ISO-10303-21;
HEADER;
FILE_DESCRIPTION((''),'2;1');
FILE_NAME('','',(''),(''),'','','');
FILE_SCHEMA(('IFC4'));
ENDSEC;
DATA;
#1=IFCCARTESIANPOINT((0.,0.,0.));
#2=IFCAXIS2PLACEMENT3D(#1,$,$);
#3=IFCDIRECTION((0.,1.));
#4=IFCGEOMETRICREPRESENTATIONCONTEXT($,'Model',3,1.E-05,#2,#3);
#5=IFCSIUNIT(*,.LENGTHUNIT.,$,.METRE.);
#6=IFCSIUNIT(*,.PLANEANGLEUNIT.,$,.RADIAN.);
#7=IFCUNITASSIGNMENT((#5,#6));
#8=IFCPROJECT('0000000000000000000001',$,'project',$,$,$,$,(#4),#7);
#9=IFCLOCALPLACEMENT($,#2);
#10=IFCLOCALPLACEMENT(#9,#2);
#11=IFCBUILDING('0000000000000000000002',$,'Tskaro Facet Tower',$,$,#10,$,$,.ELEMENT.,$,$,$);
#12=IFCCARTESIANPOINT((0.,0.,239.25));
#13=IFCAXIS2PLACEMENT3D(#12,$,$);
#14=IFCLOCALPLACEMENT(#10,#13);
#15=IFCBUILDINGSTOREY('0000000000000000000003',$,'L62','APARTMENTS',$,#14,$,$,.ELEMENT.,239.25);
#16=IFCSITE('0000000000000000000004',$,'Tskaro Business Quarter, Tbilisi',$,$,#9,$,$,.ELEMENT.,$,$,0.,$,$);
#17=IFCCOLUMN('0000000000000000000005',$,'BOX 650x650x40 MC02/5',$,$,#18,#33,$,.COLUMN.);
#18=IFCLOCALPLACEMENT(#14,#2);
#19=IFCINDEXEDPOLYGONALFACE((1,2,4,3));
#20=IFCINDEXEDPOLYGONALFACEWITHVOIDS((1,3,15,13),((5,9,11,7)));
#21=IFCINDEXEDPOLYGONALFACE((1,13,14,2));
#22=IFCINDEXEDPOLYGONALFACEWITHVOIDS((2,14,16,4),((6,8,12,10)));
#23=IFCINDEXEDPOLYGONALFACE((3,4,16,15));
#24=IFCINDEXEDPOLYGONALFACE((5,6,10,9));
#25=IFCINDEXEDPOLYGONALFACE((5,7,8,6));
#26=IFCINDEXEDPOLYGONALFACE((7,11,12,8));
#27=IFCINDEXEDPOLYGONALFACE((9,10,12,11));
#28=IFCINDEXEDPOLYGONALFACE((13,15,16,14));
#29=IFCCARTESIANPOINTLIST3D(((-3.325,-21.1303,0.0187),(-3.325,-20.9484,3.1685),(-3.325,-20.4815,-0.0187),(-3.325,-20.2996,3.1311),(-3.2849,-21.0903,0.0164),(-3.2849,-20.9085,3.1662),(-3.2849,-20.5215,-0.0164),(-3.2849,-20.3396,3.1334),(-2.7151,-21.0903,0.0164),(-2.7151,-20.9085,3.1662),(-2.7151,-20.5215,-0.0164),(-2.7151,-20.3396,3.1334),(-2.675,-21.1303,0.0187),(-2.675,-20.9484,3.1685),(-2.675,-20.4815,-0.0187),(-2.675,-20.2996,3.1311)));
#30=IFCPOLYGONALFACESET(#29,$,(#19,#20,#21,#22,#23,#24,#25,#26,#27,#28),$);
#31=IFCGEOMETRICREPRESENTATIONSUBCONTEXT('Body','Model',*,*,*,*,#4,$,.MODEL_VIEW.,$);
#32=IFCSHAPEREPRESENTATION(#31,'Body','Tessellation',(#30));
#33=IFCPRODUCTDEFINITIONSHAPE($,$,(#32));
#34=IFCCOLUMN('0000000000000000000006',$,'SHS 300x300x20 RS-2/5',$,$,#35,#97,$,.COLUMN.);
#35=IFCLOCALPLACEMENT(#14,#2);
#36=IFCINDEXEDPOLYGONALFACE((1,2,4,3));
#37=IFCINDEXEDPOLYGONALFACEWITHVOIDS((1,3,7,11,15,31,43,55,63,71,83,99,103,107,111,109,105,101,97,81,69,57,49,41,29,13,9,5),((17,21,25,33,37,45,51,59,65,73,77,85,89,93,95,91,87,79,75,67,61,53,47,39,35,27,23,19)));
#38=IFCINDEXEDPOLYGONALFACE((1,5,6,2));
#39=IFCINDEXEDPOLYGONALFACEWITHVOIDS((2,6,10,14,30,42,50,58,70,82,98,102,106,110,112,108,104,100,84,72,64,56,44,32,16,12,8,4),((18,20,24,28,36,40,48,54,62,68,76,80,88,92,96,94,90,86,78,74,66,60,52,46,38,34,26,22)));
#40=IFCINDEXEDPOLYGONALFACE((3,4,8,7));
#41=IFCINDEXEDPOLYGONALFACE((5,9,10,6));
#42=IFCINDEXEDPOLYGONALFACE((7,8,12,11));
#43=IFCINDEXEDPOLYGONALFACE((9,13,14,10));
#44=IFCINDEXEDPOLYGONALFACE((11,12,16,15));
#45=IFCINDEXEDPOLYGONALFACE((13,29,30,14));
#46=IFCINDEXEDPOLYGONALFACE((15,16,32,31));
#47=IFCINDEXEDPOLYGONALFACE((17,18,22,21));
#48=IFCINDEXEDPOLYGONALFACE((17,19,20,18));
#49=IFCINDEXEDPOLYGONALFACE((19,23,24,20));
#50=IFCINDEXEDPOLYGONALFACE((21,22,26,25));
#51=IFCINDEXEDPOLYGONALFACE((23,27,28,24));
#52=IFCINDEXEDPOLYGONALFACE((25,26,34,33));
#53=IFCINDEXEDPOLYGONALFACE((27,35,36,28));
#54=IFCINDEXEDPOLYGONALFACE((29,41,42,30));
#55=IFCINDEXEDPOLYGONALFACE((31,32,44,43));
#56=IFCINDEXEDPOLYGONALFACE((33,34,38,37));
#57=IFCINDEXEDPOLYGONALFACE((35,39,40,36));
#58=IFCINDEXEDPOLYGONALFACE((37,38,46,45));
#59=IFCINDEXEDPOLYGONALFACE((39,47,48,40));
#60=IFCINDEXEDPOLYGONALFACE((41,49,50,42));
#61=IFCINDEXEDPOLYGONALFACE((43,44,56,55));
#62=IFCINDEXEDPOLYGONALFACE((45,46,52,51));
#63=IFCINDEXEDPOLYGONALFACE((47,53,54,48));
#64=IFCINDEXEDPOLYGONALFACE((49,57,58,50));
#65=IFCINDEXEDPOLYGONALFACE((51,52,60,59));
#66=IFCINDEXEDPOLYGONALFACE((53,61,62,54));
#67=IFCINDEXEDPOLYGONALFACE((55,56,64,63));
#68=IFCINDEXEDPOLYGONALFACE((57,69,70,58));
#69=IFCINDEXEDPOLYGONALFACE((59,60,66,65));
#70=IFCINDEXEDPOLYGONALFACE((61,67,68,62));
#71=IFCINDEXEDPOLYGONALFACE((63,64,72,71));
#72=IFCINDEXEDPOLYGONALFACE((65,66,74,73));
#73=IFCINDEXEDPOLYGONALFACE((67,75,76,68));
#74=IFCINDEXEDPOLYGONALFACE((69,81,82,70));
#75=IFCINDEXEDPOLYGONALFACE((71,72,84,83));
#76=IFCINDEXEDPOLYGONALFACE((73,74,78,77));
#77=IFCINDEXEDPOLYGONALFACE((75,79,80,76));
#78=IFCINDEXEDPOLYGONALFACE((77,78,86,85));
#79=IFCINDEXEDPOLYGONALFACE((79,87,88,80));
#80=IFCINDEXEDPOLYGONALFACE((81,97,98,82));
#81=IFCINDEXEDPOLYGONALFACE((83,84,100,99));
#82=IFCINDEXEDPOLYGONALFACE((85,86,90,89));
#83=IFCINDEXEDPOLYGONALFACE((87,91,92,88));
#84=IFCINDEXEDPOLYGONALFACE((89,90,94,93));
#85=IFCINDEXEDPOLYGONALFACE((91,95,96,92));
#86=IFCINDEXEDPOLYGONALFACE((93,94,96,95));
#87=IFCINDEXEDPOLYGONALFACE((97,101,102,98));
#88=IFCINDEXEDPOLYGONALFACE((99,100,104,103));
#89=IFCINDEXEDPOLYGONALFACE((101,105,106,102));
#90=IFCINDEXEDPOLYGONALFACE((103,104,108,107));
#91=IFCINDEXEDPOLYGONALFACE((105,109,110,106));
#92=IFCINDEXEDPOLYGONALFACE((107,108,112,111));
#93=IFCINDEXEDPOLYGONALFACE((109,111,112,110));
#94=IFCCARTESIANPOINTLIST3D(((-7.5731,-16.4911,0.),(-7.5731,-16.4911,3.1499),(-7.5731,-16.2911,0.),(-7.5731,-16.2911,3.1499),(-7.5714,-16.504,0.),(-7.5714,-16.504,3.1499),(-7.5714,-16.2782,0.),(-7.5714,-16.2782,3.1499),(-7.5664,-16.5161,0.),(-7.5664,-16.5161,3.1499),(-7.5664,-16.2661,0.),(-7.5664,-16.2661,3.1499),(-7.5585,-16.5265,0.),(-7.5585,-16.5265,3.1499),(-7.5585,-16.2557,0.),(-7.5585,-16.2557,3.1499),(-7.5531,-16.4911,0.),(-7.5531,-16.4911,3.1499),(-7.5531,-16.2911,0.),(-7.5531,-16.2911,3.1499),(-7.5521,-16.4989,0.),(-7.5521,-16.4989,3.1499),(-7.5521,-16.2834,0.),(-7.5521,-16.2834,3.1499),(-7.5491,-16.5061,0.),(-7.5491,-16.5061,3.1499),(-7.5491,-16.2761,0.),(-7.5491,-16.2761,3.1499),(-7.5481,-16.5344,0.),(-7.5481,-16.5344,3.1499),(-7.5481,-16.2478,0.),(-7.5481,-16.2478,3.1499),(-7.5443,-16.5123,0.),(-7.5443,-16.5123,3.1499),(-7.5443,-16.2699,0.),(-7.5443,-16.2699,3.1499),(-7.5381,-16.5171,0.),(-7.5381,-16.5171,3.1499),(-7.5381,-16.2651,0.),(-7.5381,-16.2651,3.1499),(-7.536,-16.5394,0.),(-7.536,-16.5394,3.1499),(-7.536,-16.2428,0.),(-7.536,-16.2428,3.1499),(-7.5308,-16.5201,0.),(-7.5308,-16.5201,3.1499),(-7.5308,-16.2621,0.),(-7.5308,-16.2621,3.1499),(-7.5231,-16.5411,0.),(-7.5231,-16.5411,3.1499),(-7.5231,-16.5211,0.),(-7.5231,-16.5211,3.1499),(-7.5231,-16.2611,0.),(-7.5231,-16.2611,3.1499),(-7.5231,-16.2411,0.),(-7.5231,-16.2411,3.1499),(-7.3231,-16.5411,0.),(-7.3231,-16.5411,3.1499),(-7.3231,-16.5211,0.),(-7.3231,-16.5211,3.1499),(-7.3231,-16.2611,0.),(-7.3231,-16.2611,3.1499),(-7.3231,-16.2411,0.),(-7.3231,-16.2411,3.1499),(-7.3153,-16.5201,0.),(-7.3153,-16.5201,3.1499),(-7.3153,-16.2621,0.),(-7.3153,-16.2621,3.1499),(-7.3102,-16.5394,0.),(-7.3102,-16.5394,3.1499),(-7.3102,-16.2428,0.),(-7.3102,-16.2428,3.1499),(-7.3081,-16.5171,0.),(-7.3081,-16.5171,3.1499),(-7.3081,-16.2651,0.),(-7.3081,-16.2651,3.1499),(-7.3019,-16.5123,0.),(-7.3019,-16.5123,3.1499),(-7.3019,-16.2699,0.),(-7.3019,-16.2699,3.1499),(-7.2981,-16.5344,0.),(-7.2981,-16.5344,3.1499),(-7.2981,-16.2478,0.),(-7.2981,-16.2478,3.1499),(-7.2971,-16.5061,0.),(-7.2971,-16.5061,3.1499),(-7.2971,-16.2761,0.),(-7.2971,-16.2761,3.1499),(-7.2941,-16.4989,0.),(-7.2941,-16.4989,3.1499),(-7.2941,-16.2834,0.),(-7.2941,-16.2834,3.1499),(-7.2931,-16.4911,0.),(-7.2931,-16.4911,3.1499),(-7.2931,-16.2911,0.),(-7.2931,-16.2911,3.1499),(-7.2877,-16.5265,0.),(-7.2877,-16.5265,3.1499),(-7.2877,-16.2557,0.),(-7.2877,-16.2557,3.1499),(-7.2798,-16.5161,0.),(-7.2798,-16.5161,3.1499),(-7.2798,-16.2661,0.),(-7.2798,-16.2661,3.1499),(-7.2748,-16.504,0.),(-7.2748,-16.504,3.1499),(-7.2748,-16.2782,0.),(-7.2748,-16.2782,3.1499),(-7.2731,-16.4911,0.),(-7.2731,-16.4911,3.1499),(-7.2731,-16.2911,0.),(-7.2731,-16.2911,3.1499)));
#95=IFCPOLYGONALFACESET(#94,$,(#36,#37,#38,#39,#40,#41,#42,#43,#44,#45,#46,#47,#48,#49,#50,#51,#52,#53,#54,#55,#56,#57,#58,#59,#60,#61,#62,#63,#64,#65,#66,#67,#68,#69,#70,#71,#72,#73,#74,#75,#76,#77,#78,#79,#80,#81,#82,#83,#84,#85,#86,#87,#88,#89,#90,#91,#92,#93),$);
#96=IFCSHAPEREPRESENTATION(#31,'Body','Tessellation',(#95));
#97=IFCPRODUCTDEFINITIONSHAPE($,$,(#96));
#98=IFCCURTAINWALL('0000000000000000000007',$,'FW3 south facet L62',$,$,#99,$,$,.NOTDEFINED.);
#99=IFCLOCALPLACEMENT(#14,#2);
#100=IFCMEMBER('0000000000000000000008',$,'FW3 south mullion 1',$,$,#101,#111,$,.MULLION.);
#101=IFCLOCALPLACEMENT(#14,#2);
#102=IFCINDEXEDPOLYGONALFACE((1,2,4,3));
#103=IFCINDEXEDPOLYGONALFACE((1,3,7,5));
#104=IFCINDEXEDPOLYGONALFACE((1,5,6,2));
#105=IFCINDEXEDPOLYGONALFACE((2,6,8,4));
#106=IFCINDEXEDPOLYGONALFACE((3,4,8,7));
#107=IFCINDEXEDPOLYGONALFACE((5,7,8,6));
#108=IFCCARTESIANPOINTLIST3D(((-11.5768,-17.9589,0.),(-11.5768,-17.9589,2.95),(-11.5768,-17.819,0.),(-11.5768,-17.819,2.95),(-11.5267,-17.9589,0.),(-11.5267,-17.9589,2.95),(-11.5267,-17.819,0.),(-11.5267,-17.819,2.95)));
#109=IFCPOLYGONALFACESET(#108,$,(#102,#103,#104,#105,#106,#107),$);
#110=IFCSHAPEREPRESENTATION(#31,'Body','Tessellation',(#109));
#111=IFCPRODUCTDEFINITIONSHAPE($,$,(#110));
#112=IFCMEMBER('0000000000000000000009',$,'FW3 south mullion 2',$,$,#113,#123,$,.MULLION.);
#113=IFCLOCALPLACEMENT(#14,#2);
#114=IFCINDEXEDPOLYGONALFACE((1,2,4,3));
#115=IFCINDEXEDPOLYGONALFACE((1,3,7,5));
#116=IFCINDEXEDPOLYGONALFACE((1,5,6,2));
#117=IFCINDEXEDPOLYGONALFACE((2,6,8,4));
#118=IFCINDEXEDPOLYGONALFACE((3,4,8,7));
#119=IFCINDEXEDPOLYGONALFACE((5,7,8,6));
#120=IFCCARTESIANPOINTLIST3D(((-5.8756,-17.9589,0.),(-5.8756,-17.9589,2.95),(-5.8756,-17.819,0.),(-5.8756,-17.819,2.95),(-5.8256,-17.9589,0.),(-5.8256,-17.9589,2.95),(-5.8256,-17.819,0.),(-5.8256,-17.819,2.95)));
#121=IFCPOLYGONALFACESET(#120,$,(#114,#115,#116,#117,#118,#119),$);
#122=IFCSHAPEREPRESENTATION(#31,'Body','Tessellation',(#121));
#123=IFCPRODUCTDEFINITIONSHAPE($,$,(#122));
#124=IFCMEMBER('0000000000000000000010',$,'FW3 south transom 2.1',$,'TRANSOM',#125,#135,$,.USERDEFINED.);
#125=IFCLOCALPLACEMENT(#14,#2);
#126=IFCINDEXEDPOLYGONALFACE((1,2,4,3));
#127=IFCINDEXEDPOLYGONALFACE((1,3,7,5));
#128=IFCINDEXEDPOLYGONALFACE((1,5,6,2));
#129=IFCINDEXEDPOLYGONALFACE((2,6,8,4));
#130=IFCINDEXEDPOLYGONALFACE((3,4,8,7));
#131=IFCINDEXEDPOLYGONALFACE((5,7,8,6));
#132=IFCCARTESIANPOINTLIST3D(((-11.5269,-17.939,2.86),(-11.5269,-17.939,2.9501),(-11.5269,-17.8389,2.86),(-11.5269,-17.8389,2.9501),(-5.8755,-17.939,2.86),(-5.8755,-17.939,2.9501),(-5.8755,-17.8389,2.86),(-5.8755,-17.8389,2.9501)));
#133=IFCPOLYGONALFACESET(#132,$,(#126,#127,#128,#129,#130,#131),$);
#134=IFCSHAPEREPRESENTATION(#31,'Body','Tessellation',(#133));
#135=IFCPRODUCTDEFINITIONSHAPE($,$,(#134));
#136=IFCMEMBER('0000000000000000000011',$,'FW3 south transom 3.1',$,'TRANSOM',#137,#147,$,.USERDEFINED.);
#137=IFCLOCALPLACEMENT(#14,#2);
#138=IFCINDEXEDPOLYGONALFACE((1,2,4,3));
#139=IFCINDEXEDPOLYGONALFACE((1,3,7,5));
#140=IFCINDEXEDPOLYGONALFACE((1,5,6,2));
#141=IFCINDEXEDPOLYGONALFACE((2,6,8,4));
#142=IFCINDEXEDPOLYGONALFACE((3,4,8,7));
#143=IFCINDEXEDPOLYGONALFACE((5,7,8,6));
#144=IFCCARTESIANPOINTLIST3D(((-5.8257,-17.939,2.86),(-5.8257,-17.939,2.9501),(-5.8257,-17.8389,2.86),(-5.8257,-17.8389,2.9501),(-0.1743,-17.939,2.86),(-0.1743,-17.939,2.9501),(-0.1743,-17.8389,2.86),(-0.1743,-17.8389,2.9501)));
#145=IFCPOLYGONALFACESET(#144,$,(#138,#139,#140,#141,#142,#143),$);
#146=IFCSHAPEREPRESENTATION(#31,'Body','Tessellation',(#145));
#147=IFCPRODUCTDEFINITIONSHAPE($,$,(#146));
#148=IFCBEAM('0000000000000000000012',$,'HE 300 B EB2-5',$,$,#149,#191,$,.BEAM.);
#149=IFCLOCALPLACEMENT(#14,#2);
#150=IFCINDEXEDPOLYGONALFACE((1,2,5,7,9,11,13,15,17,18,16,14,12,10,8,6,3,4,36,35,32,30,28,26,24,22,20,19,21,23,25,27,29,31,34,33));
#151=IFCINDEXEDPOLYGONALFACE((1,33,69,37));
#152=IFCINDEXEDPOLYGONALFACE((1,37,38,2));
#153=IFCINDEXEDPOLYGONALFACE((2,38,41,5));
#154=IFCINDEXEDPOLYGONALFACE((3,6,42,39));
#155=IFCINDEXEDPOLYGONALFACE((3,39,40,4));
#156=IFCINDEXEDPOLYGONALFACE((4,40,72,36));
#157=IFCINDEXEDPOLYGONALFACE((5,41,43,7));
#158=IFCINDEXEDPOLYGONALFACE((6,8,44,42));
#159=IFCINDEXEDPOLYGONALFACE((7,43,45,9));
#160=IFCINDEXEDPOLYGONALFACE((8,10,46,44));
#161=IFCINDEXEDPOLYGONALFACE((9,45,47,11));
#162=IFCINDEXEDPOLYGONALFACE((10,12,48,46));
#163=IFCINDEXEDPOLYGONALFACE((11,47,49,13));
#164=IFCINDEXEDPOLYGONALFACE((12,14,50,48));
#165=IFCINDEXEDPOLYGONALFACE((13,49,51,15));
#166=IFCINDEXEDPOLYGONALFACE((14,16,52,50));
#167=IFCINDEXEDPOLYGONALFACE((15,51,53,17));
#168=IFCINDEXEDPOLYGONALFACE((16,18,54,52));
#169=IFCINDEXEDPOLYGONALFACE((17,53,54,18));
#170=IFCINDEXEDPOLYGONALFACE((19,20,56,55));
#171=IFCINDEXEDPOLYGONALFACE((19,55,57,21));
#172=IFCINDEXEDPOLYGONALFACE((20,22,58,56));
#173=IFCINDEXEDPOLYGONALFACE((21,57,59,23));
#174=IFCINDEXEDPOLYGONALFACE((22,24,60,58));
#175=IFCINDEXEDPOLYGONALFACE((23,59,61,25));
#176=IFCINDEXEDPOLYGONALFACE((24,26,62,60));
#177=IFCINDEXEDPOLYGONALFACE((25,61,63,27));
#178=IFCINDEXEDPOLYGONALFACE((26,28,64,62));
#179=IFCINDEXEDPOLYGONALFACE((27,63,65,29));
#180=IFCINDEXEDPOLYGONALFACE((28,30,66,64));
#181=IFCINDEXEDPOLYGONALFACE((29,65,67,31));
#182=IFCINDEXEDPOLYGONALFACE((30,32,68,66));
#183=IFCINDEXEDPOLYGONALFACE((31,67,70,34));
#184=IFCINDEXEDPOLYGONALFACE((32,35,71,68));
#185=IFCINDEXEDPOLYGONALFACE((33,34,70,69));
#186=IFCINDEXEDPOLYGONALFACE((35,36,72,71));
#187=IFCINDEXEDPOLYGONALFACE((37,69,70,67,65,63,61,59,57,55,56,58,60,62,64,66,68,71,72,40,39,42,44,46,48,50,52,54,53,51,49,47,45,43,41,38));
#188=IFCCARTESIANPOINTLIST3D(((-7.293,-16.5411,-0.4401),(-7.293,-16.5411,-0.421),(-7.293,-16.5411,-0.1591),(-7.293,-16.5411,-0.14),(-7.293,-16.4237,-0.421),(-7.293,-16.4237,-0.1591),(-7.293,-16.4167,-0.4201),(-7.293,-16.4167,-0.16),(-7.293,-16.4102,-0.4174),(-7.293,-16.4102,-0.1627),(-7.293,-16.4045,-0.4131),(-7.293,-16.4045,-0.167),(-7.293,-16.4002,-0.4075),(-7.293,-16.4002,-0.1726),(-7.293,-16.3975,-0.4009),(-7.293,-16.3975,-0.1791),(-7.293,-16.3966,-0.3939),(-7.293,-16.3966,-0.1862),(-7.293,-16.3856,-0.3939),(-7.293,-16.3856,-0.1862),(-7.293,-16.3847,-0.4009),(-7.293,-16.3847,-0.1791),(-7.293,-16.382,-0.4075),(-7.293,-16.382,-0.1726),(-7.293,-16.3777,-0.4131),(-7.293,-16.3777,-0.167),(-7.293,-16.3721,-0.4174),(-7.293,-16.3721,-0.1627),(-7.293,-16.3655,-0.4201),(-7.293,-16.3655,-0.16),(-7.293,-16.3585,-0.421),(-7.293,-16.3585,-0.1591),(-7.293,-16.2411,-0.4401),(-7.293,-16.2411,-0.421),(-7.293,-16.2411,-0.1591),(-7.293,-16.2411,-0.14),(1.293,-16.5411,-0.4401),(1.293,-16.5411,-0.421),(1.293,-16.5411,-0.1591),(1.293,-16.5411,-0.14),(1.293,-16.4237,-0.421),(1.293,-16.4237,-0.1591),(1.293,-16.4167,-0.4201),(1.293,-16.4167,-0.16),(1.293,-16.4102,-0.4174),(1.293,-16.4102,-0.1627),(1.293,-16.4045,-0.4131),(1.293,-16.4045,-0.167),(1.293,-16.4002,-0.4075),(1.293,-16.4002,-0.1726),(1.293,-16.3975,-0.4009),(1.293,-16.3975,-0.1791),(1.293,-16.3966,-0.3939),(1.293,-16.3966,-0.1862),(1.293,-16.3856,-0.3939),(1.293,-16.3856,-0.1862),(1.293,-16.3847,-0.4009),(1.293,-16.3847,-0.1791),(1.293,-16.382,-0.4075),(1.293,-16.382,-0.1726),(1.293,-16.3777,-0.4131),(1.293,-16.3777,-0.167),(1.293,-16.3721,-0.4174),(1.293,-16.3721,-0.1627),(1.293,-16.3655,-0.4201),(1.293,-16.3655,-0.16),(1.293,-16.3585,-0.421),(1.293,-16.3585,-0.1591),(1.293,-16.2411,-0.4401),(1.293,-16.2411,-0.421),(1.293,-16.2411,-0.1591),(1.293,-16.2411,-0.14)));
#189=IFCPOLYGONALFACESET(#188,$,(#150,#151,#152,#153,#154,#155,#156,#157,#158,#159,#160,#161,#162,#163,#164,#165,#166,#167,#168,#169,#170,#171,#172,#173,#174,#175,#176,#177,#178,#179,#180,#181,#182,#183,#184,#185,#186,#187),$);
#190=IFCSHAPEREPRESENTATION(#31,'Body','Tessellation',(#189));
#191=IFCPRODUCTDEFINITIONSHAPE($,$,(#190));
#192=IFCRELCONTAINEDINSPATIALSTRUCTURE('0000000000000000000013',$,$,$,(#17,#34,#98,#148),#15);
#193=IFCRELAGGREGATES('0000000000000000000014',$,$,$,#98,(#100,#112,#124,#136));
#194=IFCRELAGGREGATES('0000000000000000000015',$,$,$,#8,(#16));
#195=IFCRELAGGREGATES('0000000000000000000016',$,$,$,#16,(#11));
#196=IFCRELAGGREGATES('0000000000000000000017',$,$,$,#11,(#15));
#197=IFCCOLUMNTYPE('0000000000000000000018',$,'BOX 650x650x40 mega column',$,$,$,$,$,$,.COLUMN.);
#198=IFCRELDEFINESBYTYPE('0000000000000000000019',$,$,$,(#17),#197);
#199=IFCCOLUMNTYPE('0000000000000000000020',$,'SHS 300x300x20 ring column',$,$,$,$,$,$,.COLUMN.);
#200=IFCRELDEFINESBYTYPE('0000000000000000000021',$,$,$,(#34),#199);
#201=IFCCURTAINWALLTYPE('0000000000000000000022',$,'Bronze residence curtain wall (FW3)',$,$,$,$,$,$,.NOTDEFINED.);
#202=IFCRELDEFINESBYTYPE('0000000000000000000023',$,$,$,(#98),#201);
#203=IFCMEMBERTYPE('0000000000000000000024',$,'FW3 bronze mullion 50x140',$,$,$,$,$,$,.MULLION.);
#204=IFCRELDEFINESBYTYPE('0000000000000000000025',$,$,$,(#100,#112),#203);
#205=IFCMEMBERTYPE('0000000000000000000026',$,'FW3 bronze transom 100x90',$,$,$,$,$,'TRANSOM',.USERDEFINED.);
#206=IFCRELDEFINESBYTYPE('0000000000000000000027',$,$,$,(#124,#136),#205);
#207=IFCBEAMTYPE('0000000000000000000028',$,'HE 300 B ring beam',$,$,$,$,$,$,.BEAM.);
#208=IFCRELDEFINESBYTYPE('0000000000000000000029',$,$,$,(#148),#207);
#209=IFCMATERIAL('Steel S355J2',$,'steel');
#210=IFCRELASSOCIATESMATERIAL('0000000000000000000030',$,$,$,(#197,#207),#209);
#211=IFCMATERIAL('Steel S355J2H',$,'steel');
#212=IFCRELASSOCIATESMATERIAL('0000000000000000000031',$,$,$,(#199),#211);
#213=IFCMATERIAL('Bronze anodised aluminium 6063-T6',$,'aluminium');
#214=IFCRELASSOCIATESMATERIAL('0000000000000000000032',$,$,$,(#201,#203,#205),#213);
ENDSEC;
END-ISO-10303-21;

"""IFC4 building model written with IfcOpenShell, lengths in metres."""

from ifc_helpers import new_model, si_unit, direction, frame, origin, origin_2d, place, context, subcontext, project, spatial, rectangle, hollow_rectangle, i_section, extrude, material, material_profile, profile_set, type_object, element, aggregate, save


model = new_model("IFC4")

# Units and contexts
model_context = context("Model", 3, precision=1e-05, world=origin(), true_north=direction((0.0, 1.0)))
body_context = subcontext(model_context, "Body", "Model", "MODEL_VIEW")
ifc_project = project(units=[si_unit("LENGTHUNIT", "METRE"), si_unit("PLANEANGLEUNIT", "RADIAN")], contexts=[model_context])

# Site, building, storey
site_placement = place(None, origin())
site = spatial("IfcSite", under=ifc_project, at=site_placement, Name="Tskaro Business Quarter, Tbilisi", CompositionType="ELEMENT", RefElevation=0.0)
building_placement = place(site_placement, origin())
building = spatial("IfcBuilding", under=site, at=building_placement, Name="Tskaro Facet Tower", CompositionType="ELEMENT")
storey_placement = place(building_placement, frame((0.0, 0.0, 239.25)))
storey = spatial("IfcBuildingStorey", under=building, at=storey_placement, Name="L62", Description="APARTMENTS", CompositionType="ELEMENT", Elevation=239.25)

# Columns
ifc_material_1 = material(Name="Steel S355J2", Category="steel")
ifc_material_profile_1 = material_profile(ifc_material_1, hollow_rectangle(XDim=0.6499, YDim=0.6499, WallThickness=0.04, at=origin_2d()), Name="BOX 650x650x40")
ifc_profile_set_1 = profile_set([ifc_material_profile_1], Name="Steel S355J2")
column_type_1 = type_object("IfcColumnType", Name="BOX 650x650x40 mega column", PredefinedType="COLUMN", material=ifc_profile_set_1)
column_1_placement = place(storey_placement, frame((-3.0, -20.8059, 0.0), z_axis=(0.0, 0.057647, 0.998337), x_axis=(-1.0, 0.0, 0.0)))
element("IfcColumn", 1, at=column_1_placement, inside=storey, type_object=column_type_1, Name="BOX 650x650x40 MC02/5", PredefinedType="COLUMN", context=body_context, shape_type="SweptSolid", body=[
    extrude(hollow_rectangle(XDim=0.6499, YDim=0.6499, WallThickness=0.04, at=origin_2d()), origin(), (0.0, 0.0, 1.0), 3.155),
])
ifc_material_2 = material(Name="Steel S355J2H", Category="steel")
ifc_material_profile_2 = material_profile(ifc_material_2, hollow_rectangle(XDim=0.3, YDim=0.3, WallThickness=0.02, InnerFilletRadius=0.03, OuterFilletRadius=0.05, at=origin_2d()), Name="SHS 300x300x20")
ifc_profile_set_2 = profile_set([ifc_material_profile_2], Name="Steel S355J2H")
column_type_2 = type_object("IfcColumnType", Name="SHS 300x300x20 ring column", PredefinedType="COLUMN", material=ifc_profile_set_2)
column_2_placement = place(storey_placement, frame((-7.4231, -16.3911, 0.0), z_axis=(0.0, 0.0, 1.0), x_axis=(1.0, 0.0, 0.0)))
element("IfcColumn", 2, at=column_2_placement, inside=storey, type_object=column_type_2, Name="SHS 300x300x20 RS-2/5", PredefinedType="COLUMN", context=body_context, shape_type="SweptSolid", body=[
    extrude(hollow_rectangle(XDim=0.3, YDim=0.3, WallThickness=0.02, InnerFilletRadius=0.03, OuterFilletRadius=0.05, at=origin_2d()), origin(), (0.0, 0.0, 1.0), 3.1499),
])

# Curtain wall, members
ifc_material_3 = material(Name="Bronze anodised aluminium 6063-T6", Category="aluminium")
curtain_wall_type = type_object("IfcCurtainWallType", Name="Bronze residence curtain wall (FW3)", PredefinedType="NOTDEFINED", material=ifc_material_3)
curtain_wall_placement = place(storey_placement, origin())
curtain_wall = element("IfcCurtainWall", 3, at=curtain_wall_placement, inside=storey, type_object=curtain_wall_type, Name="FW3 south facet L62", PredefinedType="NOTDEFINED")
ifc_material_profile_3 = material_profile(ifc_material_3, rectangle(XDim=0.05, YDim=0.1399, at=origin_2d()), Name="Mullion 50x140")
ifc_profile_set_3 = profile_set([ifc_material_profile_3], Name="Bronze anodised aluminium 6063-T6")
member_type_1 = type_object("IfcMemberType", Name="FW3 bronze mullion 50x140", PredefinedType="MULLION", material=ifc_profile_set_3)
member_1_placement = place(storey_placement, frame((-11.5518, -17.8889, 0.0), z_axis=(0.0, 0.0, 1.0), x_axis=(1.0, 0.0, 0.0)))
member_1 = element("IfcMember", 4, at=member_1_placement, type_object=member_type_1, Name="FW3 south mullion 1", PredefinedType="MULLION", context=body_context, shape_type="SweptSolid", body=[
    extrude(rectangle(XDim=0.05, YDim=0.1399, at=origin_2d()), origin(), (0.0, 0.0, 1.0), 2.95),
])
member_2_placement = place(storey_placement, frame((-5.8506, -17.8889, 0.0), z_axis=(0.0, 0.0, 1.0), x_axis=(1.0, 0.0, 0.0)))
member_2 = element("IfcMember", 5, at=member_2_placement, type_object=member_type_1, Name="FW3 south mullion 2", PredefinedType="MULLION", context=body_context, shape_type="SweptSolid", body=[
    extrude(rectangle(XDim=0.05, YDim=0.1399, at=origin_2d()), origin(), (0.0, 0.0, 1.0), 2.95),
])
ifc_material_profile_4 = material_profile(ifc_material_3, rectangle(XDim=0.1001, YDim=0.0901, at=origin_2d()), Name="Transom 100x90")
ifc_profile_set_4 = profile_set([ifc_material_profile_4], Name="Bronze anodised aluminium 6063-T6")
member_type_2 = type_object("IfcMemberType", Name="FW3 bronze transom 100x90", ElementType="TRANSOM", PredefinedType="USERDEFINED", material=ifc_profile_set_4)
member_3_placement = place(storey_placement, frame((-11.5269, -17.8889, 2.905), z_axis=(1.0, 0.0, 0.0), x_axis=(0.0, 1.0, 0.0)))
member_3 = element("IfcMember", 6, at=member_3_placement, type_object=member_type_2, Name="FW3 south transom 2.1", ObjectType="TRANSOM", PredefinedType="USERDEFINED", context=body_context, shape_type="SweptSolid", body=[
    extrude(rectangle(XDim=0.1001, YDim=0.0901, at=origin_2d()), origin(), (0.0, 0.0, 1.0), 5.6514),
])
member_4_placement = place(storey_placement, frame((-5.8257, -17.8889, 2.905), z_axis=(1.0, 0.0, 0.0), x_axis=(0.0, 1.0, 0.0)))
member_4 = element("IfcMember", 7, at=member_4_placement, type_object=member_type_2, Name="FW3 south transom 3.1", ObjectType="TRANSOM", PredefinedType="USERDEFINED", context=body_context, shape_type="SweptSolid", body=[
    extrude(rectangle(XDim=0.1001, YDim=0.0901, at=origin_2d()), origin(), (0.0, 0.0, 1.0), 5.6514),
])

# Beam
ifc_material_profile_5 = material_profile(ifc_material_1, i_section(OverallWidth=0.3, OverallDepth=0.3, WebThickness=0.011, FlangeThickness=0.019, FilletRadius=0.0271, at=origin_2d()), Name="HE 300 B")
ifc_profile_set_5 = profile_set([ifc_material_profile_5], Name="Steel S355J2")
beam_type_1 = type_object("IfcBeamType", Name="HE 300 B ring beam", PredefinedType="BEAM", material=ifc_profile_set_5)
beam_1_placement = place(storey_placement, frame((-7.293, -16.3911, -0.29), z_axis=(1.0, 0.0, 0.0), x_axis=(0.0, 1.0, 0.0)))
element("IfcBeam", 8, at=beam_1_placement, inside=storey, type_object=beam_type_1, Name="HE 300 B EB2-5", PredefinedType="BEAM", context=body_context, shape_type="SweptSolid", body=[
    extrude(i_section(OverallWidth=0.3, OverallDepth=0.3, WebThickness=0.011, FlangeThickness=0.019, FilletRadius=0.0271, at=origin_2d()), origin(), (0.0, 0.0, 1.0), 8.5859),
])

aggregate(curtain_wall, [member_1, member_2, member_3, member_4])

save(model, "model.ifc")
